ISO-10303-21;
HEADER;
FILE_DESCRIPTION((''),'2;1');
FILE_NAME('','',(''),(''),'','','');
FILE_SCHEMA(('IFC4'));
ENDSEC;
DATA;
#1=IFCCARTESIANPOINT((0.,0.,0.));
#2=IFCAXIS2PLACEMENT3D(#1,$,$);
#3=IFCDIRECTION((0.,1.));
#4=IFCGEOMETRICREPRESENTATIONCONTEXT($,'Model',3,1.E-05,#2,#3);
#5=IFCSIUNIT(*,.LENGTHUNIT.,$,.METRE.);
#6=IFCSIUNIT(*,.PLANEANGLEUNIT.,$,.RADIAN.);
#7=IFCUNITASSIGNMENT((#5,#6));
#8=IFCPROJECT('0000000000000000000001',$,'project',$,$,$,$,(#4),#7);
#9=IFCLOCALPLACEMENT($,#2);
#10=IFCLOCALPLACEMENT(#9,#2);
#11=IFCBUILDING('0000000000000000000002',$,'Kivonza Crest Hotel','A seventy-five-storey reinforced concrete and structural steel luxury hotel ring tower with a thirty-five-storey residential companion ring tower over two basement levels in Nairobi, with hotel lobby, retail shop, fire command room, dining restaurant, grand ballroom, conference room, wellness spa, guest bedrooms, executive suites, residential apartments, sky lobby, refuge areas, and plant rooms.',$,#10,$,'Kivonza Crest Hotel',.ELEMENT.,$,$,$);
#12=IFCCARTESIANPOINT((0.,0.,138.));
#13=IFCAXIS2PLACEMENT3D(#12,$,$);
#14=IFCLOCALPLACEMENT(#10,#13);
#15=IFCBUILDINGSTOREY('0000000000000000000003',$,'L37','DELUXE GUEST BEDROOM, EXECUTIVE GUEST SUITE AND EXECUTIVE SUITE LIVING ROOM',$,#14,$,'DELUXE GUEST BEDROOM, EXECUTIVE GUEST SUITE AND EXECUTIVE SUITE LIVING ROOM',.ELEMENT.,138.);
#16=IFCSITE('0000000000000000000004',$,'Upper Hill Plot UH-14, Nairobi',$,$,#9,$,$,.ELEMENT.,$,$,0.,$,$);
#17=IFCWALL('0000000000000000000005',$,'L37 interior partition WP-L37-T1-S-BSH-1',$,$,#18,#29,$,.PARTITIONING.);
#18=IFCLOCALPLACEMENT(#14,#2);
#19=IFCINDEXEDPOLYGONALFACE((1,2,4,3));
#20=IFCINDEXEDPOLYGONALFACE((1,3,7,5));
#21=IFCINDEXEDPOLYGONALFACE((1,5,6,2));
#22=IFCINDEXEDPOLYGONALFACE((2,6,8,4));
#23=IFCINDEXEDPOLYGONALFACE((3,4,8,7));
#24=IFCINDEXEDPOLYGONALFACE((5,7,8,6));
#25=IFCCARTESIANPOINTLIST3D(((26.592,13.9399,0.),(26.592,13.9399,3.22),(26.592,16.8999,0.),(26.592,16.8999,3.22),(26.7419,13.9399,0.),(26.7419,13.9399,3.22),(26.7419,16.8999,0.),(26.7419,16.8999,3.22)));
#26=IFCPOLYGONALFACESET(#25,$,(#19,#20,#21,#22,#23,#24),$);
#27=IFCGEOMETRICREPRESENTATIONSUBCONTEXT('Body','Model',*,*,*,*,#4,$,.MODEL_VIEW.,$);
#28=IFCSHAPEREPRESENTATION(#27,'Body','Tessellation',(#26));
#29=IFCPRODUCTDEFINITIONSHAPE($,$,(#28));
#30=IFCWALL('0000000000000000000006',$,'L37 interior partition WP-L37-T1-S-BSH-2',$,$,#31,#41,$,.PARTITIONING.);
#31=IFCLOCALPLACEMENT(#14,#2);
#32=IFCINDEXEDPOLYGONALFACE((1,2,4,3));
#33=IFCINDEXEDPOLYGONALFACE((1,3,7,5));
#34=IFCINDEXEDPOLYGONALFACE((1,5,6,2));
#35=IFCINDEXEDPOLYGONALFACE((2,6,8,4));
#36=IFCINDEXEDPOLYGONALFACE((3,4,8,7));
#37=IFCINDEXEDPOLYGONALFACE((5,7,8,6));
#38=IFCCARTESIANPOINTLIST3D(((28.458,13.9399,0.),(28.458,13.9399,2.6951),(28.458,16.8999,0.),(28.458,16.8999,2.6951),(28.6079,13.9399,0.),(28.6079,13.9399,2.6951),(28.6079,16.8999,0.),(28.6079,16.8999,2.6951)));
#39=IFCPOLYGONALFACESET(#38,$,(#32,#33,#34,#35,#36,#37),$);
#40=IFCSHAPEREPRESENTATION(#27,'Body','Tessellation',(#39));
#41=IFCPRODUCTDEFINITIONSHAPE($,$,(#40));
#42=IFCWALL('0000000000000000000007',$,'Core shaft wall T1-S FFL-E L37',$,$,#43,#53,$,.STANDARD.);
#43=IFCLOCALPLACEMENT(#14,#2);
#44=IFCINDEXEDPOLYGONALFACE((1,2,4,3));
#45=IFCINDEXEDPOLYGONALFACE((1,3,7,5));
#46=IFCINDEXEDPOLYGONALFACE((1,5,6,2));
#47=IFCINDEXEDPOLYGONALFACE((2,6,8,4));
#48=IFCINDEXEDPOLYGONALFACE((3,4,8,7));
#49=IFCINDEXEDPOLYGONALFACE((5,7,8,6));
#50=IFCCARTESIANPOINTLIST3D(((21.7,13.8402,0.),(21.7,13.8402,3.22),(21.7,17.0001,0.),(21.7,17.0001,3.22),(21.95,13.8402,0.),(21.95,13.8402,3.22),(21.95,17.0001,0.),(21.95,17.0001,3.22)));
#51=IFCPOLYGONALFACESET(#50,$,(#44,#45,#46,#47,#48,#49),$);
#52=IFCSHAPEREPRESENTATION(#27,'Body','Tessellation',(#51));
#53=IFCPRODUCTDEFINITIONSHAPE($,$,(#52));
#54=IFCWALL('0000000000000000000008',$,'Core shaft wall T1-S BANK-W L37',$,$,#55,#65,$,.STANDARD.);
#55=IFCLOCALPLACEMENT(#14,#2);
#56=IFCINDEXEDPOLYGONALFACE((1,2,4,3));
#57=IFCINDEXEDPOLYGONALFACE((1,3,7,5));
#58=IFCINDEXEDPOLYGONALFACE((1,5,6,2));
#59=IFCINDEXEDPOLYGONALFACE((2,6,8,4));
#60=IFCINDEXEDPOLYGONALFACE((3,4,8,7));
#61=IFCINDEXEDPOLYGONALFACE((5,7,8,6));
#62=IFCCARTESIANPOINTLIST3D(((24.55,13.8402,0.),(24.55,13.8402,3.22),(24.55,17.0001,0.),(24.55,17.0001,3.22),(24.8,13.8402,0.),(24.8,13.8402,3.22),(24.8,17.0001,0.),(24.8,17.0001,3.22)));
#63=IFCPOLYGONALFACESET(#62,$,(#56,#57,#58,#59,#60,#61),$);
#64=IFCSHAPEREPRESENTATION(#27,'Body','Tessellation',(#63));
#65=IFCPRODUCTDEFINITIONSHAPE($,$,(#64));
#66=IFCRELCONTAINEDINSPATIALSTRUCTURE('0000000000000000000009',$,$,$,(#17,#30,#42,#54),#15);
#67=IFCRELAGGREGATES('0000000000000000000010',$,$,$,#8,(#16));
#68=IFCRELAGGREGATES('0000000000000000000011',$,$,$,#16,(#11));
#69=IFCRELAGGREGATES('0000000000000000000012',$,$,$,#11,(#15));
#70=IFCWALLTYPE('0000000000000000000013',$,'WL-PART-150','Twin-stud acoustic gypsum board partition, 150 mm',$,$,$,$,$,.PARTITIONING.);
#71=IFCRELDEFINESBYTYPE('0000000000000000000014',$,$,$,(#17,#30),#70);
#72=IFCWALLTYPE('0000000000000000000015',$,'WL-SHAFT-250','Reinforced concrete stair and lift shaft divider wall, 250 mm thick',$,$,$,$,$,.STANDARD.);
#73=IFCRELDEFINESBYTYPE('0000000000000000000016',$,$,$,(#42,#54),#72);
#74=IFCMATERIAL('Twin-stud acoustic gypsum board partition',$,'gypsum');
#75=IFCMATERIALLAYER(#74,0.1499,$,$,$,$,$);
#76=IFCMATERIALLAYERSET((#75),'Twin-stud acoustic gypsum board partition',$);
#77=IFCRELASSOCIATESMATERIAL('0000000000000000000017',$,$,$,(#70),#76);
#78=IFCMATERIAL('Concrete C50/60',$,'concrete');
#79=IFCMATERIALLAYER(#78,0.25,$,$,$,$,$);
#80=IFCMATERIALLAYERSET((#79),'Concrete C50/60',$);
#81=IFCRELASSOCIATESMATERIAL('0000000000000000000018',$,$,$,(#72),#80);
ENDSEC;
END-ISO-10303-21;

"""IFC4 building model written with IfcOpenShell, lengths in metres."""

from ifc_helpers import new_model, si_unit, direction, frame, frame_2d, origin, place, context, subcontext, project, spatial, rectangle, extrude, material, layer, layer_set, type_object, element, save


model = new_model("IFC4")

# Units and contexts
model_context = context("Model", 3, precision=1e-05, world=origin(), true_north=direction((0.0, 1.0)))
body_context = subcontext(model_context, "Body", "Model", "MODEL_VIEW")
ifc_project = project(units=[si_unit("LENGTHUNIT", "METRE"), si_unit("PLANEANGLEUNIT", "RADIAN")], contexts=[model_context])

# Site, building, storey
site_placement = place(None, origin())
site = spatial("IfcSite", under=ifc_project, at=site_placement, Name="Upper Hill Plot UH-14, Nairobi", CompositionType="ELEMENT", RefElevation=0.0)
building_placement = place(site_placement, origin())
building = spatial("IfcBuilding", under=site, at=building_placement, Name="Kivonza Crest Hotel", Description="A seventy-five-storey reinforced concrete and structural steel luxury hotel ring tower with a thirty-five-storey residential companion ring tower over two basement levels in Nairobi, with hotel lobby, retail shop, fire command room, dining restaurant, grand ballroom, conference room, wellness spa, guest bedrooms, executive suites, residential apartments, sky lobby, refuge areas, and plant rooms.", LongName="Kivonza Crest Hotel", CompositionType="ELEMENT")
storey_placement = place(building_placement, frame((0.0, 0.0, 138.0)))
storey = spatial("IfcBuildingStorey", under=building, at=storey_placement, Name="L37", Description="DELUXE GUEST BEDROOM, EXECUTIVE GUEST SUITE AND EXECUTIVE SUITE LIVING ROOM", LongName="DELUXE GUEST BEDROOM, EXECUTIVE GUEST SUITE AND EXECUTIVE SUITE LIVING ROOM", CompositionType="ELEMENT", Elevation=138.0)

# Shared definitions
ifc_material_1 = material(Name="Concrete C50/60", Category="concrete")

# Walls
ifc_material_2 = material(Name="Twin-stud acoustic gypsum board partition", Category="gypsum")
ifc_layer_1 = layer(ifc_material_2, 0.1499)
ifc_layer_set_1 = layer_set([ifc_layer_1], Name="Twin-stud acoustic gypsum board partition")
wall_type_1 = type_object("IfcWallType", Name="WL-PART-150", Description="Twin-stud acoustic gypsum board partition, 150 mm", PredefinedType="PARTITIONING", material=ifc_layer_set_1)
wall_1_placement = place(storey_placement, frame((26.667, 13.9399, 0.0), z_axis=(0.0, 0.0, 1.0), x_axis=(0.0, 1.0, 0.0)))
element("IfcWall", 1, at=wall_1_placement, inside=storey, type_object=wall_type_1, Name="L37 interior partition WP-L37-T1-S-BSH-1", PredefinedType="PARTITIONING", context=body_context, shape_type="SweptSolid", body=[
    extrude(rectangle(XDim=2.96, YDim=0.1499, at=frame_2d((1.48, 0.0))), origin(), (0.0, 0.0, 1.0), 3.22),
])
wall_2_placement = place(storey_placement, frame((28.533, 13.9399, 0.0), z_axis=(0.0, 0.0, 1.0), x_axis=(0.0, 1.0, 0.0)))
element("IfcWall", 2, at=wall_2_placement, inside=storey, type_object=wall_type_1, Name="L37 interior partition WP-L37-T1-S-BSH-2", PredefinedType="PARTITIONING", context=body_context, shape_type="SweptSolid", body=[
    extrude(rectangle(XDim=2.96, YDim=0.1499, at=frame_2d((1.48, 0.0))), origin(), (0.0, 0.0, 1.0), 2.6951),
])

# Shared definitions
ifc_layer_2 = layer(ifc_material_1, 0.25)
ifc_layer_set_2 = layer_set([ifc_layer_2], Name="Concrete C50/60")
wall_type_2 = type_object("IfcWallType", Name="WL-SHAFT-250", Description="Reinforced concrete stair and lift shaft divider wall, 250 mm thick", PredefinedType="STANDARD", material=ifc_layer_set_2)

# Walls
for number, where, z_axis, x_axis, name in (
    (3, (21.825, 13.8401, 0.0), (0.0, 0.0, 1.0), (0.0, 1.0, 0.0), "Core shaft wall T1-S FFL-E L37"),
    (4, (24.675, 13.8401, 0.0), (0.0, 0.0, 1.0), (0.0, 1.0, 0.0), "Core shaft wall T1-S BANK-W L37"),
):
    element("IfcWall", number, at=place(storey_placement, frame(where, z_axis=z_axis, x_axis=x_axis)), inside=storey, type_object=wall_type_2, Name=name, PredefinedType="STANDARD", context=body_context, shape_type="SweptSolid", body=[
        extrude(rectangle(XDim=3.1599, YDim=0.25, at=frame_2d((1.5801, 0.0))), origin(), (0.0, 0.0, 1.0), 3.22),
    ])

save(model, "model.ifc")
